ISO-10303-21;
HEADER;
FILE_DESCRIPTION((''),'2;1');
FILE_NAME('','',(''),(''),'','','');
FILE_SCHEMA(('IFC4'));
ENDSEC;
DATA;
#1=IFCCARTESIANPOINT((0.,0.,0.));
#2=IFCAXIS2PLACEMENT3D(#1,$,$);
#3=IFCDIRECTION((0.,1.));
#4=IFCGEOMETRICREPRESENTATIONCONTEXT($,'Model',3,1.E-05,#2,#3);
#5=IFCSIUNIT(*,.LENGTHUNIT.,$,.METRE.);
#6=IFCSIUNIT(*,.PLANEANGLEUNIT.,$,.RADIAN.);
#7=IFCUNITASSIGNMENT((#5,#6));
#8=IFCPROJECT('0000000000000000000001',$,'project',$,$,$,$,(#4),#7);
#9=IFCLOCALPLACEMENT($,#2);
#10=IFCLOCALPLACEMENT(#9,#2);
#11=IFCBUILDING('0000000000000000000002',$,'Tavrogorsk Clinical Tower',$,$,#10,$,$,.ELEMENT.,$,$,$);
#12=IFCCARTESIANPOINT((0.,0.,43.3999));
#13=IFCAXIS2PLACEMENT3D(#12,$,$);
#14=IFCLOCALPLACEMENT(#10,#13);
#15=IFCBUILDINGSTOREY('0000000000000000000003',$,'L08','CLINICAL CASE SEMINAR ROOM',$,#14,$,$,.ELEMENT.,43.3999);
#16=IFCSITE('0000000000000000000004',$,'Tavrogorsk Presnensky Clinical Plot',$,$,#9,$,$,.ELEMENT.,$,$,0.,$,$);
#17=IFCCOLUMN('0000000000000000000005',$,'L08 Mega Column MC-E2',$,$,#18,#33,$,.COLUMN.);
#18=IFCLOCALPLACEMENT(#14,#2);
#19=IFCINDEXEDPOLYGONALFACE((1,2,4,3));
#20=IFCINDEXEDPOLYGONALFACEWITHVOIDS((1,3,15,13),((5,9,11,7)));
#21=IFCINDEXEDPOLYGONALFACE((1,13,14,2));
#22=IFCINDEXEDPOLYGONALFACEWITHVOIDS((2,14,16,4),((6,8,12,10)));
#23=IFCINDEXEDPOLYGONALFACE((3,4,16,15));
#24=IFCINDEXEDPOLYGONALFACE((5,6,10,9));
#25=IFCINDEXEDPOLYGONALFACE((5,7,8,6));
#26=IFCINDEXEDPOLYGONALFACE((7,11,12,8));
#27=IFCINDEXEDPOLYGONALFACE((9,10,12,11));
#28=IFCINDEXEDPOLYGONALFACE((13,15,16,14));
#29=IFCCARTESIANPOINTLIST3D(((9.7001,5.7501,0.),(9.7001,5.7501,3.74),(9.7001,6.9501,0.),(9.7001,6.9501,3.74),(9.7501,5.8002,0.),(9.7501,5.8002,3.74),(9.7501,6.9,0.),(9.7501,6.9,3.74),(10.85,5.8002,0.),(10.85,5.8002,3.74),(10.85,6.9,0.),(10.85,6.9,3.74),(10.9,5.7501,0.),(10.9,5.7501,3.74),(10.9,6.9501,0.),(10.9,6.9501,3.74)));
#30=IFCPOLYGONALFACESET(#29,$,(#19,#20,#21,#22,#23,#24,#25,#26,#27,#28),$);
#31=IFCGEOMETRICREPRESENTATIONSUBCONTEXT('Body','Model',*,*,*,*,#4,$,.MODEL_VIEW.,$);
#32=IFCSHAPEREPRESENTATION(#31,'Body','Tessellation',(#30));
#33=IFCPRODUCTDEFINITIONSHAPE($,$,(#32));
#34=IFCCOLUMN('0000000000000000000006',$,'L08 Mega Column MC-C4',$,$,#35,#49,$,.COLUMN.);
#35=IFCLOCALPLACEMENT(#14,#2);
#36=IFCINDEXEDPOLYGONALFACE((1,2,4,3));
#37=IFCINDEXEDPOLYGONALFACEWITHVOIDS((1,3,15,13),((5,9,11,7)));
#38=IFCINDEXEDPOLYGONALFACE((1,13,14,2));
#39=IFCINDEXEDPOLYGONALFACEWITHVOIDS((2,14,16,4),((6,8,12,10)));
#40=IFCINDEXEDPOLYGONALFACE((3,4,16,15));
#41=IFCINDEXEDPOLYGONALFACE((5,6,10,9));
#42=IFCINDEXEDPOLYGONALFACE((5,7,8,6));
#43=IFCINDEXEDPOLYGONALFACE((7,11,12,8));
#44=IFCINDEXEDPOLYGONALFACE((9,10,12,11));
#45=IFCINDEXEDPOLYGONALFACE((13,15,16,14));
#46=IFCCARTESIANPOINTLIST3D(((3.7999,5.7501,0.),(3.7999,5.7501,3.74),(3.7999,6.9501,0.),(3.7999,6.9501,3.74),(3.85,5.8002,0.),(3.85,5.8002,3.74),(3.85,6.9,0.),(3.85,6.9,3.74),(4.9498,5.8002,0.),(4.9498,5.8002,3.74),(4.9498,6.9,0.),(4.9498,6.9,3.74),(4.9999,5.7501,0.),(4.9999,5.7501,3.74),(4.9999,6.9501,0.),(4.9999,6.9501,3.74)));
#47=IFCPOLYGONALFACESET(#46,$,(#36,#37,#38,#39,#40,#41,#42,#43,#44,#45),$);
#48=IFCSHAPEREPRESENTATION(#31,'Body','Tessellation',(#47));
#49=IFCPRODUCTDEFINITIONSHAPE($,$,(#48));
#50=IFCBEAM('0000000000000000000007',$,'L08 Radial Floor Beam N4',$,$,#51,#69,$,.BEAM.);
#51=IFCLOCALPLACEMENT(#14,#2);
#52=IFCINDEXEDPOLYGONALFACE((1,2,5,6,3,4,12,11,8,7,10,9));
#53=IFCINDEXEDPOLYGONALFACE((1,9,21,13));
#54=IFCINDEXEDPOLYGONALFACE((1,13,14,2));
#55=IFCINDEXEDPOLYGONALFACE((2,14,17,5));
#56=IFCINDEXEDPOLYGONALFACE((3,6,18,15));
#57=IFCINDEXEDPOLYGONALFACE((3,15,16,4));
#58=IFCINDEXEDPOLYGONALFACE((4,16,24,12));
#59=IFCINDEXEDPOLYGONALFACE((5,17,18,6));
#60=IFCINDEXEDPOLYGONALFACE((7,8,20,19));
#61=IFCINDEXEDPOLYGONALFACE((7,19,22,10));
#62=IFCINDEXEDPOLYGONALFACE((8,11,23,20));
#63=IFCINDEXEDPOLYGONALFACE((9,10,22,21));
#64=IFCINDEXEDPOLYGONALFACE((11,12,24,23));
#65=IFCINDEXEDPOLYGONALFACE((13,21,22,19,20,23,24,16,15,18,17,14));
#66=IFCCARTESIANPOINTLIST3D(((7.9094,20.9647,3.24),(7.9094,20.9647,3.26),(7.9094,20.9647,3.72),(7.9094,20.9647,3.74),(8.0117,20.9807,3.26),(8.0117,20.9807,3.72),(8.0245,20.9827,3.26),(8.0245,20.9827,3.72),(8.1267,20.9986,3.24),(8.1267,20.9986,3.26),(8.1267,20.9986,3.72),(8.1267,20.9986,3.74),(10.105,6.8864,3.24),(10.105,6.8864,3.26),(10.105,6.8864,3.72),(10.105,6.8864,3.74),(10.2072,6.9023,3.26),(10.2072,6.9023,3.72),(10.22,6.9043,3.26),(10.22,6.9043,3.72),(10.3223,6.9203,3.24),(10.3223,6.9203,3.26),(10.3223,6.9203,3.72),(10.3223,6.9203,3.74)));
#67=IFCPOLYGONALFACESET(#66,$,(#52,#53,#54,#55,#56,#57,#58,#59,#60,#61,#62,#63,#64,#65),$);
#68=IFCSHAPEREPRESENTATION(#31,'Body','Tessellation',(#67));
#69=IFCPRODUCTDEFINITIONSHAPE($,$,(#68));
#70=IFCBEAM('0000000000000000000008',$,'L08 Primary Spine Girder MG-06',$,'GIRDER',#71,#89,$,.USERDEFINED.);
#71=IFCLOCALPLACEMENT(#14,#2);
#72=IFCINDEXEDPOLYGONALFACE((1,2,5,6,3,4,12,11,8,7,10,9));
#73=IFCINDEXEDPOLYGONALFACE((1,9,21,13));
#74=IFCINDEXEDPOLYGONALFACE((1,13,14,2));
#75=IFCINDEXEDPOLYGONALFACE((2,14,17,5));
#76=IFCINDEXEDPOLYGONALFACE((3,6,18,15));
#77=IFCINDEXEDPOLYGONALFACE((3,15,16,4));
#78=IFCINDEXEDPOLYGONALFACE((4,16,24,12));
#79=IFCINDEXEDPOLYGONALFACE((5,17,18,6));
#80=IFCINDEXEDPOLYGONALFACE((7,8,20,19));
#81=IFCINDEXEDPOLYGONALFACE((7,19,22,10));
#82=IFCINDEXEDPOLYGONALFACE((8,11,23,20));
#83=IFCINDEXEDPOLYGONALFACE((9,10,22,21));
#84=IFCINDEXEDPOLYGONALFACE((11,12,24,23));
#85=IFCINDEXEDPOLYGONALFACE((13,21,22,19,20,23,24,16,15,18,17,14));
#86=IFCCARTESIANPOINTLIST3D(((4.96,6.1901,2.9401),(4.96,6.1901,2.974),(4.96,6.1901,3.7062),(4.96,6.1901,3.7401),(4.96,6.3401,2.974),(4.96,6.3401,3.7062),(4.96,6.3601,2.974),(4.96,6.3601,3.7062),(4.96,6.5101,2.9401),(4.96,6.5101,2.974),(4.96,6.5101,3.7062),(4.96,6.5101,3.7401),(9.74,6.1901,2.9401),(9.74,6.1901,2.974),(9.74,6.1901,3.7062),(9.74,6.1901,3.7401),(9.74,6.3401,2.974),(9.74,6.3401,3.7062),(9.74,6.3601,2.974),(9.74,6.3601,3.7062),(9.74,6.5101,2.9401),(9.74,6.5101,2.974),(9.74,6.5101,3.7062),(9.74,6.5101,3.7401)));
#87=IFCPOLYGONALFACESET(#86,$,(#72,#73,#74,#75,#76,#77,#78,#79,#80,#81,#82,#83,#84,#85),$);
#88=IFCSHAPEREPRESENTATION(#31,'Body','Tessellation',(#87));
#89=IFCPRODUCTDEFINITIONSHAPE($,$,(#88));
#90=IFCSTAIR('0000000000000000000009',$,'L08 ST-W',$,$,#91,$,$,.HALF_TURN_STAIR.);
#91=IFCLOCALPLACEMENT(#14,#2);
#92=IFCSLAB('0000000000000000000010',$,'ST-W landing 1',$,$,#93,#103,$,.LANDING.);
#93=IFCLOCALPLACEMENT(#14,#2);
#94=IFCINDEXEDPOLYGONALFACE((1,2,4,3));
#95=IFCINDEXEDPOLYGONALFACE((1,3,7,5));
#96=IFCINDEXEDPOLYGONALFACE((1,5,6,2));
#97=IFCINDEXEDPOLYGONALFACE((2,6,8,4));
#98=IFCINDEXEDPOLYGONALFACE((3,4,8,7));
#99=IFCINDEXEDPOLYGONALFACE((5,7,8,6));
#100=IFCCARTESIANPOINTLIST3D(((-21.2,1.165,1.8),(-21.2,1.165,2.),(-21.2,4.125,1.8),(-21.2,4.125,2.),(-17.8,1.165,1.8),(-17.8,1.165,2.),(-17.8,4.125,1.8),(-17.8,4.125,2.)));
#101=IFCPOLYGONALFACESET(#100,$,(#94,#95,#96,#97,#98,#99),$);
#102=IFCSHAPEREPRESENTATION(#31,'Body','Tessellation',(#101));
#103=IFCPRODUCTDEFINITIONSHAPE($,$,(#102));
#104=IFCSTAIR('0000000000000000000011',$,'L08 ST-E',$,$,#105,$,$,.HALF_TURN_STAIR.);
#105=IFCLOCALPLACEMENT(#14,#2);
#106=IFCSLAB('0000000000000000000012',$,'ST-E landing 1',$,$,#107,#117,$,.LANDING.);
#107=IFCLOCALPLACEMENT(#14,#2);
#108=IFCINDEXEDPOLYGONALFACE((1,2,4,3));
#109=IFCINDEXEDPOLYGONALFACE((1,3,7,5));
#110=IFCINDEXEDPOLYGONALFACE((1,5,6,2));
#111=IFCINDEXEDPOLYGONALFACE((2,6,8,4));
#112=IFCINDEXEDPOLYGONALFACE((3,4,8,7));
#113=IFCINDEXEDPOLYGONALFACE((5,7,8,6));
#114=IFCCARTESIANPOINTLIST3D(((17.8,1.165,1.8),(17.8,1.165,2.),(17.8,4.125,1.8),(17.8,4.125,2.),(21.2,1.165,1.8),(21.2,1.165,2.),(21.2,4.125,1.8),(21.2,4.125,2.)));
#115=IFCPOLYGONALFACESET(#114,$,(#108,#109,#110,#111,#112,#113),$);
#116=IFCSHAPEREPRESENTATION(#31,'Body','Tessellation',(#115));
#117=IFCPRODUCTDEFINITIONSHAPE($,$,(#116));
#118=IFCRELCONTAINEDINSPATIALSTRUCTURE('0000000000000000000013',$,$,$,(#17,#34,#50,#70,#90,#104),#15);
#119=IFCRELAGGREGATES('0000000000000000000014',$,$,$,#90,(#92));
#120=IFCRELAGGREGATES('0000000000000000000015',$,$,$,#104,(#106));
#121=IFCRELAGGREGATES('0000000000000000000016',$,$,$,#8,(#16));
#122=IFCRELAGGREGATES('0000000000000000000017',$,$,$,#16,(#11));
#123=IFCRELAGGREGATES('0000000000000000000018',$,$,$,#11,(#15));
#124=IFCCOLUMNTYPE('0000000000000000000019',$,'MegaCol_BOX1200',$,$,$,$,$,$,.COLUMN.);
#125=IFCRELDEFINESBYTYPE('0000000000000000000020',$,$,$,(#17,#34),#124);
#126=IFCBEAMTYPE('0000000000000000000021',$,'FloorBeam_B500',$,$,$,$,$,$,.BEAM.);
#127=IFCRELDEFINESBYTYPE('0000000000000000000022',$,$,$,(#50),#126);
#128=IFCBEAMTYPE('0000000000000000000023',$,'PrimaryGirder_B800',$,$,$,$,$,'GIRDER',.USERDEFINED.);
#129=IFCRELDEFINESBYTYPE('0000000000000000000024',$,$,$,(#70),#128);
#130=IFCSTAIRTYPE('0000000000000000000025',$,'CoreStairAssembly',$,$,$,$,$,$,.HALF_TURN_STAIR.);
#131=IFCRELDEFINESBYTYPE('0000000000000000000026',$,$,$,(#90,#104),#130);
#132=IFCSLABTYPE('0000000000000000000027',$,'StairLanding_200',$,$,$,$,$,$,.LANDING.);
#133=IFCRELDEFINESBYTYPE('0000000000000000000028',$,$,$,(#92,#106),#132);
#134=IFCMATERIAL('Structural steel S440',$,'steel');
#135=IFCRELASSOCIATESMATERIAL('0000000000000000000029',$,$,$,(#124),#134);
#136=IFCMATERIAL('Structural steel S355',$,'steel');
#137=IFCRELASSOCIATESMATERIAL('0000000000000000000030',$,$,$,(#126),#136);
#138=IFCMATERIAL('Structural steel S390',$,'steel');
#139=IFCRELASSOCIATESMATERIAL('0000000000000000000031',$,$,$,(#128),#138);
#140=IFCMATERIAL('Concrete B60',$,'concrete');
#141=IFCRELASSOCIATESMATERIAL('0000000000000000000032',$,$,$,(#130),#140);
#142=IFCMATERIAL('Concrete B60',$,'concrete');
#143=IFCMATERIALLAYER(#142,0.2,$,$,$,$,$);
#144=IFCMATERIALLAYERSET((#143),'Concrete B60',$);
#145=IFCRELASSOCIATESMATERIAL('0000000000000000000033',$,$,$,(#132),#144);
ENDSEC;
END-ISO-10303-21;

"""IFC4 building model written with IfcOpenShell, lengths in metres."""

from ifc_helpers import new_model, si_unit, direction, frame, origin, origin_2d, place, context, subcontext, project, spatial, polyline, hollow_rectangle, i_section, outline, extrude, material, layer, layer_set, material_profile, profile_set, type_object, element, aggregate, save


model = new_model("IFC4")

# Units and contexts
model_context = context("Model", 3, precision=1e-05, world=origin(), true_north=direction((0.0, 1.0)))
body_context = subcontext(model_context, "Body", "Model", "MODEL_VIEW")
ifc_project = project(units=[si_unit("LENGTHUNIT", "METRE"), si_unit("PLANEANGLEUNIT", "RADIAN")], contexts=[model_context])

# Site, building, storey
site_placement = place(None, origin())
site = spatial("IfcSite", under=ifc_project, at=site_placement, Name="Tavrogorsk Presnensky Clinical Plot", CompositionType="ELEMENT", RefElevation=0.0)
building_placement = place(site_placement, origin())
building = spatial("IfcBuilding", under=site, at=building_placement, Name="Tavrogorsk Clinical Tower", CompositionType="ELEMENT")
storey_placement = place(building_placement, frame((0.0, 0.0, 43.3999)))
storey = spatial("IfcBuildingStorey", under=building, at=storey_placement, Name="L08", Description="CLINICAL CASE SEMINAR ROOM", CompositionType="ELEMENT", Elevation=43.3999)

# Columns
ifc_material_1 = material(Name="Structural steel S440", Category="steel")
ifc_material_profile_1 = material_profile(ifc_material_1, hollow_rectangle(XDim=1.2, YDim=1.2, WallThickness=0.05, at=origin_2d()), Name="BOX-1200x1200x50")
ifc_profile_set_1 = profile_set([ifc_material_profile_1], Name="Structural steel S440")
column_type = type_object("IfcColumnType", Name="MegaCol_BOX1200", PredefinedType="COLUMN", material=ifc_profile_set_1)
for number, where, z_axis, x_axis, name in (
    (1, (10.3, 6.3501, 0.0), (0.0, 0.0, 1.0), (1.0, 0.0, 0.0), "L08 Mega Column MC-E2"),
    (2, (4.3999, 6.3501, 0.0), (0.0, 0.0, 1.0), (1.0, 0.0, 0.0), "L08 Mega Column MC-C4"),
):
    element("IfcColumn", number, at=place(storey_placement, frame(where, z_axis=z_axis, x_axis=x_axis)), inside=storey, type_object=column_type, Name=name, PredefinedType="COLUMN", context=body_context, shape_type="SweptSolid", body=[
        extrude(hollow_rectangle(XDim=1.2, YDim=1.2, WallThickness=0.05, at=origin_2d()), origin(), (0.0, 0.0, 1.0), 3.74),
    ])

# Beams
ifc_material_2 = material(Name="Structural steel S355", Category="steel")
ifc_material_profile_2 = material_profile(ifc_material_2, i_section(OverallWidth=0.22, OverallDepth=0.5, WebThickness=0.0129, FlangeThickness=0.02, at=origin_2d()), Name="B-500x220x13x20")
ifc_profile_set_2 = profile_set([ifc_material_profile_2], Name="Structural steel S355")
beam_type_1 = type_object("IfcBeamType", Name="FloorBeam_B500", PredefinedType="BEAM", material=ifc_profile_set_2)
beam_1_placement = place(storey_placement, frame((10.2136, 6.9033, 3.49), z_axis=(-0.15409, 0.988057, 0.0), x_axis=(-0.988057, -0.15409, 0.0)))
element("IfcBeam", 3, at=beam_1_placement, inside=storey, type_object=beam_type_1, Name="L08 Radial Floor Beam N4", PredefinedType="BEAM", context=body_context, shape_type="SweptSolid", body=[
    extrude(i_section(OverallWidth=0.22, OverallDepth=0.5, WebThickness=0.0129, FlangeThickness=0.02, at=origin_2d()), origin(), (0.0, 0.0, 1.0), 14.2485),
])
ifc_material_3 = material(Name="Structural steel S390", Category="steel")
ifc_material_profile_3 = material_profile(ifc_material_3, i_section(OverallWidth=0.3201, OverallDepth=0.8, WebThickness=0.02, FlangeThickness=0.0339, at=origin_2d()), Name="B-800x320x20x34")
ifc_profile_set_3 = profile_set([ifc_material_profile_3], Name="Structural steel S390")
beam_type_2 = type_object("IfcBeamType", Name="PrimaryGirder_B800", ElementType="GIRDER", PredefinedType="USERDEFINED", material=ifc_profile_set_3)
beam_2_placement = place(storey_placement, frame((4.96, 6.3501, 3.3401), z_axis=(1.0, 0.0, 0.0), x_axis=(0.0, 1.0, 0.0)))
element("IfcBeam", 4, at=beam_2_placement, inside=storey, type_object=beam_type_2, Name="L08 Primary Spine Girder MG-06", ObjectType="GIRDER", PredefinedType="USERDEFINED", context=body_context, shape_type="SweptSolid", body=[
    extrude(i_section(OverallWidth=0.3201, OverallDepth=0.8, WebThickness=0.02, FlangeThickness=0.0339, at=origin_2d()), origin(), (0.0, 0.0, 1.0), 4.78),
])

# Stairs, slabs
ifc_material_4 = material(Name="Concrete B60", Category="concrete")
stair_type = type_object("IfcStairType", Name="CoreStairAssembly", PredefinedType="HALF_TURN_STAIR", material=ifc_material_4)
stair_1_placement = place(storey_placement, origin())
stair_1 = element("IfcStair", 5, at=stair_1_placement, inside=storey, type_object=stair_type, Name="L08 ST-W", PredefinedType="HALF_TURN_STAIR")
ifc_material_5 = material(Name="Concrete B60", Category="concrete")
ifc_layer_1 = layer(ifc_material_5, 0.2)
ifc_layer_set_1 = layer_set([ifc_layer_1], Name="Concrete B60")
slab_type_1 = type_object("IfcSlabType", Name="StairLanding_200", PredefinedType="LANDING", material=ifc_layer_set_1)
slab_1_placement = place(storey_placement, frame((0.0, 0.0, 1.8)))
slab_1 = element("IfcSlab", 6, at=slab_1_placement, type_object=slab_type_1, Name="ST-W landing 1", PredefinedType="LANDING", context=body_context, shape_type="SweptSolid", body=[
    extrude(outline(polyline([(-17.8, 1.165), (-17.8, 4.125), (-21.2, 4.125), (-21.2, 1.165), (-17.8, 1.165)])), origin(), (0.0, 0.0, 1.0), 0.2),
])
aggregate(stair_1, [slab_1])
stair_2_placement = place(storey_placement, origin())
stair_2 = element("IfcStair", 7, at=stair_2_placement, inside=storey, type_object=stair_type, Name="L08 ST-E", PredefinedType="HALF_TURN_STAIR")
slab_2_placement = place(storey_placement, frame((0.0, 0.0, 1.8)))
slab_2 = element("IfcSlab", 8, at=slab_2_placement, type_object=slab_type_1, Name="ST-E landing 1", PredefinedType="LANDING", context=body_context, shape_type="SweptSolid", body=[
    extrude(outline(polyline([(21.2, 1.165), (21.2, 4.125), (17.8, 4.125), (17.8, 1.165), (21.2, 1.165)])), origin(), (0.0, 0.0, 1.0), 0.2),
])
aggregate(stair_2, [slab_2])

save(model, "model.ifc")
